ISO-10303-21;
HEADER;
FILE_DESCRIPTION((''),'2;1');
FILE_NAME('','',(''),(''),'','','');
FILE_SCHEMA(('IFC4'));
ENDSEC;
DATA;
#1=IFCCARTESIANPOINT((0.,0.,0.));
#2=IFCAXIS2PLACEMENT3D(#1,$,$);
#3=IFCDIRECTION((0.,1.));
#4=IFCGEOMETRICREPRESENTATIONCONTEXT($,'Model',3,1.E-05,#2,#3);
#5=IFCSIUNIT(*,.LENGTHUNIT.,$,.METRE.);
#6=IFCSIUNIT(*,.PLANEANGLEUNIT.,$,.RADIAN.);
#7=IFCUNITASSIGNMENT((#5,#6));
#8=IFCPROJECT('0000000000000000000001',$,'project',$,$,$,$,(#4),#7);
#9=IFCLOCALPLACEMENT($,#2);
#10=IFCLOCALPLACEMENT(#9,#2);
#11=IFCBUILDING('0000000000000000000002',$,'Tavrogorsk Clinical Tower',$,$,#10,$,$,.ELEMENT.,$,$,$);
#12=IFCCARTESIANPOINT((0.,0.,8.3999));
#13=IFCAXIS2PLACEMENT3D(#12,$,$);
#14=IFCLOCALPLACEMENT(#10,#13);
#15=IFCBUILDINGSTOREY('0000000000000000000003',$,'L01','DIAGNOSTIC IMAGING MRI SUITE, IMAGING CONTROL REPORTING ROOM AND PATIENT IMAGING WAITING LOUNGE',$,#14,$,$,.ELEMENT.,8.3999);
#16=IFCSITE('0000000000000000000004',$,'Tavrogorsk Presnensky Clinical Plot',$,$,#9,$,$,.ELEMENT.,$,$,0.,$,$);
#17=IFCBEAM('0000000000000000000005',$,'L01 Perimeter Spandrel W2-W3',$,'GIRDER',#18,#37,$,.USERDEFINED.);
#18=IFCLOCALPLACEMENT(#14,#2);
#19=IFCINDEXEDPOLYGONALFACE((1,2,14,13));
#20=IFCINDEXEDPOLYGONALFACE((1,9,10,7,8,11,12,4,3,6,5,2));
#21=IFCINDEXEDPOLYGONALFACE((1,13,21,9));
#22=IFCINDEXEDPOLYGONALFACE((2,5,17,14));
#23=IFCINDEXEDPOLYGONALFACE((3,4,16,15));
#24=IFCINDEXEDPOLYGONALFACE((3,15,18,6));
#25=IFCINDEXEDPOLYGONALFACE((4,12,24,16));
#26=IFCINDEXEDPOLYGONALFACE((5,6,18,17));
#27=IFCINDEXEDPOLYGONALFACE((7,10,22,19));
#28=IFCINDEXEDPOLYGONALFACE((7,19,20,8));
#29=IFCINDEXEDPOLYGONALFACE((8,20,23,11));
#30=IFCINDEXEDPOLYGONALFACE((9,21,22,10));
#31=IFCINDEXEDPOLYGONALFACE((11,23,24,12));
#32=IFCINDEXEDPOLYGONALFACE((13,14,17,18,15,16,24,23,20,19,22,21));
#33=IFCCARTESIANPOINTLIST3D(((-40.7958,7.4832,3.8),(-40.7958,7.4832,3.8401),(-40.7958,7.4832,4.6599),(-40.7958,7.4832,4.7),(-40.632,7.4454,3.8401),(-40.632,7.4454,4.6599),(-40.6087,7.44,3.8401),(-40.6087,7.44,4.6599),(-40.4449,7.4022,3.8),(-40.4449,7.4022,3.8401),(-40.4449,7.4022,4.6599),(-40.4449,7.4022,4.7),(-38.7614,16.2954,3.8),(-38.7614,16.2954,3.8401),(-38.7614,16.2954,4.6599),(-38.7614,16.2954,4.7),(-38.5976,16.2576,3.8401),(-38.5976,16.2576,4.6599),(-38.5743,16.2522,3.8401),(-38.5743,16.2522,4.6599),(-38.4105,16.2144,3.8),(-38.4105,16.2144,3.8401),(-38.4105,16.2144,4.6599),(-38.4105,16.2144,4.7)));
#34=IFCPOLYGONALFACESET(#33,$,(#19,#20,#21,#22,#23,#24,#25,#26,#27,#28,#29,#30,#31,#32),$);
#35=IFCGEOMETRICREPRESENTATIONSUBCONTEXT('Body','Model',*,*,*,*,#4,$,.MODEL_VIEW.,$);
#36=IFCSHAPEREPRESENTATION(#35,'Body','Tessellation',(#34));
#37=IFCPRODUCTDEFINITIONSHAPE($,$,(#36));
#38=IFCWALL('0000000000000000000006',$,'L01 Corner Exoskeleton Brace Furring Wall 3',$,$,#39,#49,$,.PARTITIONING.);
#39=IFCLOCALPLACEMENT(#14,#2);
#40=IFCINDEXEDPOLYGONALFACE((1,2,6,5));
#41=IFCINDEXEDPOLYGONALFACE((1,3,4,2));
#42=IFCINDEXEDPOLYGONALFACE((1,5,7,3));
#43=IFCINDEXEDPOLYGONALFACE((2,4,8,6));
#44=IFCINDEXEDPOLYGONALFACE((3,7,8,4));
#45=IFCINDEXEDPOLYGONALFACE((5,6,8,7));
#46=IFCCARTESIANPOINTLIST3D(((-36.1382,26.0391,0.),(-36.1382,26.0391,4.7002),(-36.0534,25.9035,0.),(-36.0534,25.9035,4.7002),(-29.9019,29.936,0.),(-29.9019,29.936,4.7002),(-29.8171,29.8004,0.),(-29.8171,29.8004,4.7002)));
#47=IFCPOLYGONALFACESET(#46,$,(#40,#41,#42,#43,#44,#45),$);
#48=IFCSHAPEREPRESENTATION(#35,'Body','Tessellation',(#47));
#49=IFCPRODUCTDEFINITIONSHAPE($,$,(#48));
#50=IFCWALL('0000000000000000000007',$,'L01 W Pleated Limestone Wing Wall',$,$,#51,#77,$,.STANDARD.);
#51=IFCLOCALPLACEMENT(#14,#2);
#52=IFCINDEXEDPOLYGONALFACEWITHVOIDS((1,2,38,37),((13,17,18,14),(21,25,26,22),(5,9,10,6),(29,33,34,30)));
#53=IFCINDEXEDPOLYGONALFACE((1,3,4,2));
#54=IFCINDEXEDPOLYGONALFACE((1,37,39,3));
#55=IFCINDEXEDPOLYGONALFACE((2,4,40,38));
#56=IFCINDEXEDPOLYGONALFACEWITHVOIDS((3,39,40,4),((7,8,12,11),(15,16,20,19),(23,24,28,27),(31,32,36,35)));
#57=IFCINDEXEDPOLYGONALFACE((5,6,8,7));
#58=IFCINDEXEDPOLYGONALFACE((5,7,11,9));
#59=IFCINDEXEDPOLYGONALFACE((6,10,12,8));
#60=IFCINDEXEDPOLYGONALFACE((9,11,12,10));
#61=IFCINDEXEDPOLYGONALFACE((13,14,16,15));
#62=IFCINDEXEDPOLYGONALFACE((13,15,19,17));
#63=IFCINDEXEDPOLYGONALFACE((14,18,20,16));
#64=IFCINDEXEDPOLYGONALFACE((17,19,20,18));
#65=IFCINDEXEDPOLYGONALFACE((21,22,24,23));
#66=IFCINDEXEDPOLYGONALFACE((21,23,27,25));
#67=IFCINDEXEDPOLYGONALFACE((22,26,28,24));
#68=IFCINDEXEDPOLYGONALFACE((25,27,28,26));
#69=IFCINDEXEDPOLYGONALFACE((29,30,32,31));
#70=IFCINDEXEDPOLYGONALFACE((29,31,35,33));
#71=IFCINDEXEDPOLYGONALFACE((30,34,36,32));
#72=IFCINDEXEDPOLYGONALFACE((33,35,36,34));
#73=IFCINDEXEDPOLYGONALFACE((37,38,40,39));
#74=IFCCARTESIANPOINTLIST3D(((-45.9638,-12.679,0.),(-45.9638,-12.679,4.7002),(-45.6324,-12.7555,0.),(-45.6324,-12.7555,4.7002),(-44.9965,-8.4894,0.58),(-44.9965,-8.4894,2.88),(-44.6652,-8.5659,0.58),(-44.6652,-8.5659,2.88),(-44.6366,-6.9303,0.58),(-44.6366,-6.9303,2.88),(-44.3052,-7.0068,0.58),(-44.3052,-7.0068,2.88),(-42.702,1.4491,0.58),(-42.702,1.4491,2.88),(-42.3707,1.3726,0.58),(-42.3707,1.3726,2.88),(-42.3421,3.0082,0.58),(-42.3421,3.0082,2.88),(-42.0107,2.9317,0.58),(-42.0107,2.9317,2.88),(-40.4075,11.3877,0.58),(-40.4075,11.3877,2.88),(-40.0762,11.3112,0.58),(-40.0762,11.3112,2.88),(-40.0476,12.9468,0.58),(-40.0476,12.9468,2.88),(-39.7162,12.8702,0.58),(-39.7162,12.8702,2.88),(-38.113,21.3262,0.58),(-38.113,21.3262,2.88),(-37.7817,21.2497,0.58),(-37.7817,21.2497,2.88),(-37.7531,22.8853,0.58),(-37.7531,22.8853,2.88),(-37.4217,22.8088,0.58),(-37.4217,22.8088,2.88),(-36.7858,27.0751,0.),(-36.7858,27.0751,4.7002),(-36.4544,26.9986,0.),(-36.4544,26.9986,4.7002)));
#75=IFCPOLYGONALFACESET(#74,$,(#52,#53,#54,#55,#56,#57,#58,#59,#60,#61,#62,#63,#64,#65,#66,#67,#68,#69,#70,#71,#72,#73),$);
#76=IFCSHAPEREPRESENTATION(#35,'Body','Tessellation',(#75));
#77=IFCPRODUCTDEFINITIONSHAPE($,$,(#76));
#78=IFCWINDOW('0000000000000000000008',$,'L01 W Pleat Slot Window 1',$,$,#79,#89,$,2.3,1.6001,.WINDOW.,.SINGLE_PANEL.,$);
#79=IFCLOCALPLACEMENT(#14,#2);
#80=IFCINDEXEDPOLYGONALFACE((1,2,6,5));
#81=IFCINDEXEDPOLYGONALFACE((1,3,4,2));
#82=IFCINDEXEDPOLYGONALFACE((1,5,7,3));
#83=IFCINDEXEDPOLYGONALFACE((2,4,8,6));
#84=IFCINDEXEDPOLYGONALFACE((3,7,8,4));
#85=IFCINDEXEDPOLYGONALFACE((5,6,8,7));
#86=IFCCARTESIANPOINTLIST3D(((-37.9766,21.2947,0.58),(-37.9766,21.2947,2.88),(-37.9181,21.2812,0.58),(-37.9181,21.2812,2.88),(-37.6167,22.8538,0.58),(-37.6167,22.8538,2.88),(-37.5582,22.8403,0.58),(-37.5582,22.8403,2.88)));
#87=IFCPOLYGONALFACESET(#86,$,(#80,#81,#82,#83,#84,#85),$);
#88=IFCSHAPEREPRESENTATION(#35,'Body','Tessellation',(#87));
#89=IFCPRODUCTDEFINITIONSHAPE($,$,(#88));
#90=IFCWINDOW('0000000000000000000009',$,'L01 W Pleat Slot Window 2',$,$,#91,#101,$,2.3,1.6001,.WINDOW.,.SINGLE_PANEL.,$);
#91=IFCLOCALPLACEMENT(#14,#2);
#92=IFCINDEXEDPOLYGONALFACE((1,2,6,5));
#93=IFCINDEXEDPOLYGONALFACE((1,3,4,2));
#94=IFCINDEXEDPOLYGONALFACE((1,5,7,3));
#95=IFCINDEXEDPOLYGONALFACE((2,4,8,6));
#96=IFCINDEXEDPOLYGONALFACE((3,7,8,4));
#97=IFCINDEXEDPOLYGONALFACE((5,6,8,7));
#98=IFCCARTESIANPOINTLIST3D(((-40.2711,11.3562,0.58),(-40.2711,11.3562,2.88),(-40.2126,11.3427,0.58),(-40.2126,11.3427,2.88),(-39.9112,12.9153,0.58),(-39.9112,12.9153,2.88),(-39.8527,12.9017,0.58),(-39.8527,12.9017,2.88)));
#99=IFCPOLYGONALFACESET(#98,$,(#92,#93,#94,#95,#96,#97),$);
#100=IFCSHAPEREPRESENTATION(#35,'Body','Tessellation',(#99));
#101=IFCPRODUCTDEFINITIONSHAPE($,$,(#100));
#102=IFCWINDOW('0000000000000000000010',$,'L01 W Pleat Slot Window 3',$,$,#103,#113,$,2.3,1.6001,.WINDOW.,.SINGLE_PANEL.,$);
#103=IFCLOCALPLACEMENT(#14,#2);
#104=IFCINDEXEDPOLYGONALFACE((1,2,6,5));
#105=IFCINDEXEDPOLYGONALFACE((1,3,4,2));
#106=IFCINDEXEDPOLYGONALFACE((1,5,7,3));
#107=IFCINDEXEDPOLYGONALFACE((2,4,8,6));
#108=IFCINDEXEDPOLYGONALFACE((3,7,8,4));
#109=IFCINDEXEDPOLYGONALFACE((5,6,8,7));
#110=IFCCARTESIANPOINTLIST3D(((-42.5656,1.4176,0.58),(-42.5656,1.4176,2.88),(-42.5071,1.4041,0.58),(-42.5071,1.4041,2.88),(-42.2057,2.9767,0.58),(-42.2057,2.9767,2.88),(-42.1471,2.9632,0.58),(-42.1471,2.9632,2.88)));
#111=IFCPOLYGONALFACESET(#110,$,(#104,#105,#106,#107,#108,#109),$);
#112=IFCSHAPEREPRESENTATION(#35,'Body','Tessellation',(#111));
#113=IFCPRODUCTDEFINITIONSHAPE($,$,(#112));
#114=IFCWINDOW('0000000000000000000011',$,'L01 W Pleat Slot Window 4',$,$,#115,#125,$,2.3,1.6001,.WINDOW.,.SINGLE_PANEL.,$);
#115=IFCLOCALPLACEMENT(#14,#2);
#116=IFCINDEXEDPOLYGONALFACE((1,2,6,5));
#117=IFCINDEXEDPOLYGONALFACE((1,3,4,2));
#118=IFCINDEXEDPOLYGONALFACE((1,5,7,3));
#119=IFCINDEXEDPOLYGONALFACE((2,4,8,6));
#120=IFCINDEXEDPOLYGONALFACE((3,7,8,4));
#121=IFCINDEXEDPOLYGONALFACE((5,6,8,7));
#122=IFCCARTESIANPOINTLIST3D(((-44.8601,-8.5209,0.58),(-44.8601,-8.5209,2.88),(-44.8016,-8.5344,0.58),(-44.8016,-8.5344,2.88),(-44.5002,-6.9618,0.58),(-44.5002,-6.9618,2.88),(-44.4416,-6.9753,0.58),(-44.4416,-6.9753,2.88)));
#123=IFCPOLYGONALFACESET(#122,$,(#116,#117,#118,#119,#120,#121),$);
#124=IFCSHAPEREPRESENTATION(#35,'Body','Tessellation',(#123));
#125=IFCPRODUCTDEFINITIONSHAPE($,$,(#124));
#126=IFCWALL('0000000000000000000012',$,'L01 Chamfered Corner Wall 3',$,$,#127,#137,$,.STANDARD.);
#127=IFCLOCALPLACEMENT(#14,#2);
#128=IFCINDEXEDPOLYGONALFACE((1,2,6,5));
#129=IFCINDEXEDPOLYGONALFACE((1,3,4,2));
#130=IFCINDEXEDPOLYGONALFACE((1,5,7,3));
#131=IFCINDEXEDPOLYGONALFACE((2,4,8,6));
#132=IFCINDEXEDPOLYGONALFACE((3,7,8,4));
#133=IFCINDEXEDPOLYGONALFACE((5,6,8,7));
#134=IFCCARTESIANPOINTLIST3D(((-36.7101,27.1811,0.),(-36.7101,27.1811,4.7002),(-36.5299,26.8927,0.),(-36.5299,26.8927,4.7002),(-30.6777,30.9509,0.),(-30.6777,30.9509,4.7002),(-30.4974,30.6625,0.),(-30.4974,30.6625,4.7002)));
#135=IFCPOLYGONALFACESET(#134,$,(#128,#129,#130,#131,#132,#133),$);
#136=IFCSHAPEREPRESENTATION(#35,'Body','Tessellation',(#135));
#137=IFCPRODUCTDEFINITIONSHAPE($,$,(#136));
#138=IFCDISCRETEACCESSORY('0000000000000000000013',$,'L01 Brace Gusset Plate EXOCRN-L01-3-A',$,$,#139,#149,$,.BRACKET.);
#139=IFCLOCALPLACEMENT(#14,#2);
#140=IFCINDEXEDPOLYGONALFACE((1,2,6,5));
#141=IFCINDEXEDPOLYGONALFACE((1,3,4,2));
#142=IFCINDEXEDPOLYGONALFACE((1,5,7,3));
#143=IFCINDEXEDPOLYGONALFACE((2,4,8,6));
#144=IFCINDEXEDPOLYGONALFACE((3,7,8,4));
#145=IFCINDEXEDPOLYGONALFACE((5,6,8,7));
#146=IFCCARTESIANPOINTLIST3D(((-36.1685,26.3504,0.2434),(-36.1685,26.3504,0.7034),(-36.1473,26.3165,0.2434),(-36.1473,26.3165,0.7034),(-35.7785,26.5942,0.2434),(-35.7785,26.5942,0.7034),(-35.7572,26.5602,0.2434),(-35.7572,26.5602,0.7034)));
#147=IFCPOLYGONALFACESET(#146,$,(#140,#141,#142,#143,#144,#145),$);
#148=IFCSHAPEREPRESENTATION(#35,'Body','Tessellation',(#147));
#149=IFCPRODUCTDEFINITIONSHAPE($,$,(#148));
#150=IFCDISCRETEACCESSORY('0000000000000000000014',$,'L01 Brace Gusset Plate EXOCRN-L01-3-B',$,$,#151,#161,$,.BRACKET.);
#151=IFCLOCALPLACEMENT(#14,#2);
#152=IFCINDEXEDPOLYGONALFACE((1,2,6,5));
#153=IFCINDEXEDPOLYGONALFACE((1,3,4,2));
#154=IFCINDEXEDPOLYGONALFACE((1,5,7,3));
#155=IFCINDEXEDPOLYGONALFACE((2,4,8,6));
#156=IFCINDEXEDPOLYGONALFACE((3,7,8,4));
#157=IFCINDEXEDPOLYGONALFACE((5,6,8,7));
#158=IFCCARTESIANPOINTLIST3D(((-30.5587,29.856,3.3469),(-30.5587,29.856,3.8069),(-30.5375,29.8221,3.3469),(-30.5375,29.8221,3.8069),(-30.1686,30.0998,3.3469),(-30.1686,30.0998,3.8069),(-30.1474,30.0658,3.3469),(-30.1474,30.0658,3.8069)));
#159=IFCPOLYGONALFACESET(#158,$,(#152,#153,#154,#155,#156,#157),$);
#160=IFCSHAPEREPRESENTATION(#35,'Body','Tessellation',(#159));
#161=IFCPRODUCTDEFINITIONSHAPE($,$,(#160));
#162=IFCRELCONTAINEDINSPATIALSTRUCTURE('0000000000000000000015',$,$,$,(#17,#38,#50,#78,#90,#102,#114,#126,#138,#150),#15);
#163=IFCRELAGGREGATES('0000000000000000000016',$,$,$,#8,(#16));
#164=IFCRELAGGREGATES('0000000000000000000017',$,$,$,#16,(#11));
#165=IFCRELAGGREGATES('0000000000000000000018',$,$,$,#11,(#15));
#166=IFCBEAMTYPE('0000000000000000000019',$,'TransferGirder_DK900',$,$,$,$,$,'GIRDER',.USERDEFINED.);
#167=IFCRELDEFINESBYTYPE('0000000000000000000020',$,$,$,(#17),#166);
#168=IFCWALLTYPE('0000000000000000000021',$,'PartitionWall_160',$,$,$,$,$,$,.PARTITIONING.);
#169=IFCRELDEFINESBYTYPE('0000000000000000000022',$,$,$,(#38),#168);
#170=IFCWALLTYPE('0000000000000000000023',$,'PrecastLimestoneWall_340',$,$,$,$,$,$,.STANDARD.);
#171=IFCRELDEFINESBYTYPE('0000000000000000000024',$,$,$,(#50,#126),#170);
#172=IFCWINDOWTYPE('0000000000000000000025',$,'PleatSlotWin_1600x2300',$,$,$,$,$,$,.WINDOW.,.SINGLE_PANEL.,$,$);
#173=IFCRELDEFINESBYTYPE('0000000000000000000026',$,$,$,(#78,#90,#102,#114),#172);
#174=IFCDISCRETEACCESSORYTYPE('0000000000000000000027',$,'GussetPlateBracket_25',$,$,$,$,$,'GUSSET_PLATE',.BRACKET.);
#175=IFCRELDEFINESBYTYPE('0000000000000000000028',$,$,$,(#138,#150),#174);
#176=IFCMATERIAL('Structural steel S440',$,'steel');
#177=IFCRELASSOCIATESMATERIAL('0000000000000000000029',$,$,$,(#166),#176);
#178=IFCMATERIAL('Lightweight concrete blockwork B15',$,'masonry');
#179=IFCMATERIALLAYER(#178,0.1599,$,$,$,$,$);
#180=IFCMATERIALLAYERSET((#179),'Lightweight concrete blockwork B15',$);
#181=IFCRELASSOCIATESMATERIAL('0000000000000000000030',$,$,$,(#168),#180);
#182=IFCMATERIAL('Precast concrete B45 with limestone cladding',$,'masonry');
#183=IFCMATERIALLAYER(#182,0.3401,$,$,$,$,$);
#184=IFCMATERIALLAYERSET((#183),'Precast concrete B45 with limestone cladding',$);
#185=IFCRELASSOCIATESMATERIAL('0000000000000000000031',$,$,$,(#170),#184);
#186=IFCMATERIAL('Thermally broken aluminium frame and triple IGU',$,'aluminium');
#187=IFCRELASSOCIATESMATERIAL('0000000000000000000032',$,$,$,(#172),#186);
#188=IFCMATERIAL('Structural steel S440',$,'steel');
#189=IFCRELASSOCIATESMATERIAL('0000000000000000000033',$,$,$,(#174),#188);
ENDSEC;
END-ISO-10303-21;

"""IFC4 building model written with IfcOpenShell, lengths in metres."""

from ifc_helpers import new_model, si_unit, direction, frame, frame_2d, origin, origin_2d, place, context, subcontext, project, spatial, rectangle, i_section, extrude, material, layer, layer_set, material_profile, profile_set, type_object, element, fill, save


model = new_model("IFC4")

# Units and contexts
model_context = context("Model", 3, precision=1e-05, world=origin(), true_north=direction((0.0, 1.0)))
body_context = subcontext(model_context, "Body", "Model", "MODEL_VIEW")
ifc_project = project(units=[si_unit("LENGTHUNIT", "METRE"), si_unit("PLANEANGLEUNIT", "RADIAN")], contexts=[model_context])

# Site, building, storey
site_placement = place(None, origin())
site = spatial("IfcSite", under=ifc_project, at=site_placement, Name="Tavrogorsk Presnensky Clinical Plot", CompositionType="ELEMENT", RefElevation=0.0)
building_placement = place(site_placement, origin())
building = spatial("IfcBuilding", under=site, at=building_placement, Name="Tavrogorsk Clinical Tower", CompositionType="ELEMENT")
storey_placement = place(building_placement, frame((0.0, 0.0, 8.3999)))
storey = spatial("IfcBuildingStorey", under=building, at=storey_placement, Name="L01", Description="DIAGNOSTIC IMAGING MRI SUITE, IMAGING CONTROL REPORTING ROOM AND PATIENT IMAGING WAITING LOUNGE", CompositionType="ELEMENT", Elevation=8.3999)

# Beam
ifc_material_1 = material(Name="Structural steel S440", Category="steel")
ifc_material_profile_1 = material_profile(ifc_material_1, i_section(OverallWidth=0.3601, OverallDepth=0.8999, WebThickness=0.0239, FlangeThickness=0.04, at=origin_2d()), Name="DK-900x360x24x40")
ifc_profile_set_1 = profile_set([ifc_material_profile_1], Name="Structural steel S440")
beam_type_1 = type_object("IfcBeamType", Name="TransferGirder_DK900", ElementType="GIRDER", PredefinedType="USERDEFINED", material=ifc_profile_set_1)
beam_1_placement = place(storey_placement, frame((-38.5859, 16.2549, 4.25), z_axis=(-0.224946, -0.974371, 0.0), x_axis=(0.974371, -0.224946, 0.0)))
element("IfcBeam", 1, at=beam_1_placement, inside=storey, type_object=beam_type_1, Name="L01 Perimeter Spandrel W2-W3", ObjectType="GIRDER", PredefinedType="USERDEFINED", context=body_context, shape_type="SweptSolid", body=[
    extrude(i_section(OverallWidth=0.3601, OverallDepth=0.8999, WebThickness=0.0239, FlangeThickness=0.04, at=origin_2d()), origin(), (0.0, 0.0, 1.0), 9.0439),
])

# Wall
ifc_material_2 = material(Name="Lightweight concrete blockwork B15", Category="masonry")
ifc_layer_1 = layer(ifc_material_2, 0.1599)
ifc_layer_set_1 = layer_set([ifc_layer_1], Name="Lightweight concrete blockwork B15")
wall_type_1 = type_object("IfcWallType", Name="PartitionWall_160", PredefinedType="PARTITIONING", material=ifc_layer_set_1)
wall_1_placement = place(storey_placement, frame((-29.8596, 29.8682, 0.0), z_axis=(0.0, 0.0, 1.0), x_axis=(-0.848043, -0.529927, 0.0)))
element("IfcWall", 2, at=wall_1_placement, inside=storey, type_object=wall_type_1, Name="L01 Corner Exoskeleton Brace Furring Wall 3", PredefinedType="PARTITIONING", context=body_context, shape_type="SweptSolid", body=[
    extrude(rectangle(XDim=7.3538, YDim=0.1599, at=frame_2d((3.6768, 0.0))), origin(), (0.0, 0.0, 1.0), 4.7002),
])

# Wall, openings, windows
ifc_material_3 = material(Name="Precast concrete B45 with limestone cladding", Category="masonry")
ifc_layer_2 = layer(ifc_material_3, 0.3401)
ifc_layer_set_2 = layer_set([ifc_layer_2], Name="Precast concrete B45 with limestone cladding")
wall_type_2 = type_object("IfcWallType", Name="PrecastLimestoneWall_340", PredefinedType="STANDARD", material=ifc_layer_set_2)
wall_2_placement = place(storey_placement, frame((-36.6201, 27.0369, 0.0), z_axis=(0.0, 0.0, 1.0), x_axis=(-0.224951, -0.97437, 0.0)))
wall_2 = element("IfcWall", 3, at=wall_2_placement, inside=storey, type_object=wall_type_2, Name="L01 W Pleated Limestone Wing Wall", PredefinedType="STANDARD", context=body_context, shape_type="SweptSolid", body=[
    extrude(rectangle(XDim=40.7998, YDim=0.3401, at=frame_2d((20.3999, 0.0))), origin(), (0.0, 0.0, 1.0), 4.7002),
])
opening_1_placement = place(wall_2_placement, frame((4.3, 0.0, 0.5801)))
opening_1 = element("IfcOpeningElement", 4, at=opening_1_placement, cuts=wall_2, PredefinedType="OPENING", context=body_context, shape_type="SweptSolid", body=[
    extrude(rectangle(XDim=1.6001, YDim=2.3, at=frame_2d((0.8, 1.1499))), frame((0.0, 0.1799, 0.0), z_axis=(0.0, -1.0, 0.0), x_axis=(1.0, 0.0, 0.0)), (0.0, 0.0, 1.0), 0.3601),
])
opening_2_placement = place(wall_2_placement, frame((14.5, 0.0, 0.5801)))
opening_2 = element("IfcOpeningElement", 5, at=opening_2_placement, cuts=wall_2, PredefinedType="OPENING", context=body_context, shape_type="SweptSolid", body=[
    extrude(rectangle(XDim=1.6001, YDim=2.3, at=frame_2d((0.8, 1.1499))), frame((0.0, 0.1799, 0.0), z_axis=(0.0, -1.0, 0.0), x_axis=(1.0, 0.0, 0.0)), (0.0, 0.0, 1.0), 0.3601),
])
opening_3_placement = place(wall_2_placement, frame((24.7, 0.0, 0.5801)))
opening_3 = element("IfcOpeningElement", 6, at=opening_3_placement, cuts=wall_2, PredefinedType="OPENING", context=body_context, shape_type="SweptSolid", body=[
    extrude(rectangle(XDim=1.6001, YDim=2.3, at=frame_2d((0.8, 1.1499))), frame((0.0, 0.1799, 0.0), z_axis=(0.0, -1.0, 0.0), x_axis=(1.0, 0.0, 0.0)), (0.0, 0.0, 1.0), 0.3601),
])
opening_4_placement = place(wall_2_placement, frame((34.8999, 0.0, 0.5801)))
opening_4 = element("IfcOpeningElement", 7, at=opening_4_placement, cuts=wall_2, PredefinedType="OPENING", context=body_context, shape_type="SweptSolid", body=[
    extrude(rectangle(XDim=1.6001, YDim=2.3, at=frame_2d((0.8, 1.1499))), frame((0.0, 0.1799, 0.0), z_axis=(0.0, -1.0, 0.0), x_axis=(1.0, 0.0, 0.0)), (0.0, 0.0, 1.0), 0.3601),
])
ifc_material_4 = material(Name="Thermally broken aluminium frame and triple IGU", Category="aluminium")
window_type = type_object("IfcWindowType", Name="PleatSlotWin_1600x2300", PartitioningType="SINGLE_PANEL", PredefinedType="WINDOW", material=ifc_material_4)
window_1_placement = place(opening_1_placement, origin())
window_1 = element("IfcWindow", 8, at=window_1_placement, inside=storey, type_object=window_type, Name="L01 W Pleat Slot Window 1", OverallHeight=2.3, OverallWidth=1.6001, PartitioningType="SINGLE_PANEL", PredefinedType="WINDOW", context=body_context, shape_type="SweptSolid", body=[
    extrude(rectangle(XDim=1.6001, YDim=2.3, at=frame_2d((0.8, 1.1499))), frame((0.0, 0.03, 0.0), z_axis=(0.0, -1.0, 0.0), x_axis=(1.0, 0.0, 0.0)), (0.0, 0.0, 1.0), 0.0601),
])
fill(opening_1, window_1)
window_2_placement = place(opening_2_placement, origin())
window_2 = element("IfcWindow", 9, at=window_2_placement, inside=storey, type_object=window_type, Name="L01 W Pleat Slot Window 2", OverallHeight=2.3, OverallWidth=1.6001, PartitioningType="SINGLE_PANEL", PredefinedType="WINDOW", context=body_context, shape_type="SweptSolid", body=[
    extrude(rectangle(XDim=1.6001, YDim=2.3, at=frame_2d((0.8, 1.1499))), frame((0.0, 0.03, 0.0), z_axis=(0.0, -1.0, 0.0), x_axis=(1.0, 0.0, 0.0)), (0.0, 0.0, 1.0), 0.0601),
])
fill(opening_2, window_2)
window_3_placement = place(opening_3_placement, origin())
window_3 = element("IfcWindow", 10, at=window_3_placement, inside=storey, type_object=window_type, Name="L01 W Pleat Slot Window 3", OverallHeight=2.3, OverallWidth=1.6001, PartitioningType="SINGLE_PANEL", PredefinedType="WINDOW", context=body_context, shape_type="SweptSolid", body=[
    extrude(rectangle(XDim=1.6001, YDim=2.3, at=frame_2d((0.8, 1.1499))), frame((0.0, 0.03, 0.0), z_axis=(0.0, -1.0, 0.0), x_axis=(1.0, 0.0, 0.0)), (0.0, 0.0, 1.0), 0.0601),
])
fill(opening_3, window_3)
window_4_placement = place(opening_4_placement, origin())
window_4 = element("IfcWindow", 11, at=window_4_placement, inside=storey, type_object=window_type, Name="L01 W Pleat Slot Window 4", OverallHeight=2.3, OverallWidth=1.6001, PartitioningType="SINGLE_PANEL", PredefinedType="WINDOW", context=body_context, shape_type="SweptSolid", body=[
    extrude(rectangle(XDim=1.6001, YDim=2.3, at=frame_2d((0.8, 1.1499))), frame((0.0, 0.03, 0.0), z_axis=(0.0, -1.0, 0.0), x_axis=(1.0, 0.0, 0.0)), (0.0, 0.0, 1.0), 0.0601),
])
fill(opening_4, window_4)

# Wall
wall_3_placement = place(storey_placement, frame((-30.5876, 30.8066, 0.0), z_axis=(0.0, 0.0, 1.0), x_axis=(-0.848031, -0.529946, 0.0)))
element("IfcWall", 12, at=wall_3_placement, inside=storey, type_object=wall_type_2, Name="L01 Chamfered Corner Wall 3", PredefinedType="STANDARD", context=body_context, shape_type="SweptSolid", body=[
    extrude(rectangle(XDim=7.1135, YDim=0.3401, at=frame_2d((3.5566, 0.0))), origin(), (0.0, 0.0, 1.0), 4.7002),
])

# Discrete accessories
ifc_material_5 = material(Name="Structural steel S440", Category="steel")
discrete_accessory_type = type_object("IfcDiscreteAccessoryType", Name="GussetPlateBracket_25", ElementType="GUSSET_PLATE", PredefinedType="BRACKET", material=ifc_material_5)
for number, where, z_axis, x_axis, name in (
    (13, (-35.9629, 26.4553, 0.2434), (0.0, 0.0, 1.0), (0.848048, 0.529919, 0.0), "L01 Brace Gusset Plate EXOCRN-L01-3-A"),
    (14, (-30.353, 29.9609, 3.3469), (0.0, 0.0, 1.0), (0.848048, 0.529919, 0.0), "L01 Brace Gusset Plate EXOCRN-L01-3-B"),
):
    element("IfcDiscreteAccessory", number, at=place(storey_placement, frame(where, z_axis=z_axis, x_axis=x_axis)), inside=storey, type_object=discrete_accessory_type, Name=name, PredefinedType="BRACKET", context=body_context, shape_type="SweptSolid", body=[
        extrude(rectangle(XDim=0.46, YDim=0.04, at=origin_2d()), origin(), (0.0, 0.0, 1.0), 0.46),
    ])

save(model, "model.ifc")
